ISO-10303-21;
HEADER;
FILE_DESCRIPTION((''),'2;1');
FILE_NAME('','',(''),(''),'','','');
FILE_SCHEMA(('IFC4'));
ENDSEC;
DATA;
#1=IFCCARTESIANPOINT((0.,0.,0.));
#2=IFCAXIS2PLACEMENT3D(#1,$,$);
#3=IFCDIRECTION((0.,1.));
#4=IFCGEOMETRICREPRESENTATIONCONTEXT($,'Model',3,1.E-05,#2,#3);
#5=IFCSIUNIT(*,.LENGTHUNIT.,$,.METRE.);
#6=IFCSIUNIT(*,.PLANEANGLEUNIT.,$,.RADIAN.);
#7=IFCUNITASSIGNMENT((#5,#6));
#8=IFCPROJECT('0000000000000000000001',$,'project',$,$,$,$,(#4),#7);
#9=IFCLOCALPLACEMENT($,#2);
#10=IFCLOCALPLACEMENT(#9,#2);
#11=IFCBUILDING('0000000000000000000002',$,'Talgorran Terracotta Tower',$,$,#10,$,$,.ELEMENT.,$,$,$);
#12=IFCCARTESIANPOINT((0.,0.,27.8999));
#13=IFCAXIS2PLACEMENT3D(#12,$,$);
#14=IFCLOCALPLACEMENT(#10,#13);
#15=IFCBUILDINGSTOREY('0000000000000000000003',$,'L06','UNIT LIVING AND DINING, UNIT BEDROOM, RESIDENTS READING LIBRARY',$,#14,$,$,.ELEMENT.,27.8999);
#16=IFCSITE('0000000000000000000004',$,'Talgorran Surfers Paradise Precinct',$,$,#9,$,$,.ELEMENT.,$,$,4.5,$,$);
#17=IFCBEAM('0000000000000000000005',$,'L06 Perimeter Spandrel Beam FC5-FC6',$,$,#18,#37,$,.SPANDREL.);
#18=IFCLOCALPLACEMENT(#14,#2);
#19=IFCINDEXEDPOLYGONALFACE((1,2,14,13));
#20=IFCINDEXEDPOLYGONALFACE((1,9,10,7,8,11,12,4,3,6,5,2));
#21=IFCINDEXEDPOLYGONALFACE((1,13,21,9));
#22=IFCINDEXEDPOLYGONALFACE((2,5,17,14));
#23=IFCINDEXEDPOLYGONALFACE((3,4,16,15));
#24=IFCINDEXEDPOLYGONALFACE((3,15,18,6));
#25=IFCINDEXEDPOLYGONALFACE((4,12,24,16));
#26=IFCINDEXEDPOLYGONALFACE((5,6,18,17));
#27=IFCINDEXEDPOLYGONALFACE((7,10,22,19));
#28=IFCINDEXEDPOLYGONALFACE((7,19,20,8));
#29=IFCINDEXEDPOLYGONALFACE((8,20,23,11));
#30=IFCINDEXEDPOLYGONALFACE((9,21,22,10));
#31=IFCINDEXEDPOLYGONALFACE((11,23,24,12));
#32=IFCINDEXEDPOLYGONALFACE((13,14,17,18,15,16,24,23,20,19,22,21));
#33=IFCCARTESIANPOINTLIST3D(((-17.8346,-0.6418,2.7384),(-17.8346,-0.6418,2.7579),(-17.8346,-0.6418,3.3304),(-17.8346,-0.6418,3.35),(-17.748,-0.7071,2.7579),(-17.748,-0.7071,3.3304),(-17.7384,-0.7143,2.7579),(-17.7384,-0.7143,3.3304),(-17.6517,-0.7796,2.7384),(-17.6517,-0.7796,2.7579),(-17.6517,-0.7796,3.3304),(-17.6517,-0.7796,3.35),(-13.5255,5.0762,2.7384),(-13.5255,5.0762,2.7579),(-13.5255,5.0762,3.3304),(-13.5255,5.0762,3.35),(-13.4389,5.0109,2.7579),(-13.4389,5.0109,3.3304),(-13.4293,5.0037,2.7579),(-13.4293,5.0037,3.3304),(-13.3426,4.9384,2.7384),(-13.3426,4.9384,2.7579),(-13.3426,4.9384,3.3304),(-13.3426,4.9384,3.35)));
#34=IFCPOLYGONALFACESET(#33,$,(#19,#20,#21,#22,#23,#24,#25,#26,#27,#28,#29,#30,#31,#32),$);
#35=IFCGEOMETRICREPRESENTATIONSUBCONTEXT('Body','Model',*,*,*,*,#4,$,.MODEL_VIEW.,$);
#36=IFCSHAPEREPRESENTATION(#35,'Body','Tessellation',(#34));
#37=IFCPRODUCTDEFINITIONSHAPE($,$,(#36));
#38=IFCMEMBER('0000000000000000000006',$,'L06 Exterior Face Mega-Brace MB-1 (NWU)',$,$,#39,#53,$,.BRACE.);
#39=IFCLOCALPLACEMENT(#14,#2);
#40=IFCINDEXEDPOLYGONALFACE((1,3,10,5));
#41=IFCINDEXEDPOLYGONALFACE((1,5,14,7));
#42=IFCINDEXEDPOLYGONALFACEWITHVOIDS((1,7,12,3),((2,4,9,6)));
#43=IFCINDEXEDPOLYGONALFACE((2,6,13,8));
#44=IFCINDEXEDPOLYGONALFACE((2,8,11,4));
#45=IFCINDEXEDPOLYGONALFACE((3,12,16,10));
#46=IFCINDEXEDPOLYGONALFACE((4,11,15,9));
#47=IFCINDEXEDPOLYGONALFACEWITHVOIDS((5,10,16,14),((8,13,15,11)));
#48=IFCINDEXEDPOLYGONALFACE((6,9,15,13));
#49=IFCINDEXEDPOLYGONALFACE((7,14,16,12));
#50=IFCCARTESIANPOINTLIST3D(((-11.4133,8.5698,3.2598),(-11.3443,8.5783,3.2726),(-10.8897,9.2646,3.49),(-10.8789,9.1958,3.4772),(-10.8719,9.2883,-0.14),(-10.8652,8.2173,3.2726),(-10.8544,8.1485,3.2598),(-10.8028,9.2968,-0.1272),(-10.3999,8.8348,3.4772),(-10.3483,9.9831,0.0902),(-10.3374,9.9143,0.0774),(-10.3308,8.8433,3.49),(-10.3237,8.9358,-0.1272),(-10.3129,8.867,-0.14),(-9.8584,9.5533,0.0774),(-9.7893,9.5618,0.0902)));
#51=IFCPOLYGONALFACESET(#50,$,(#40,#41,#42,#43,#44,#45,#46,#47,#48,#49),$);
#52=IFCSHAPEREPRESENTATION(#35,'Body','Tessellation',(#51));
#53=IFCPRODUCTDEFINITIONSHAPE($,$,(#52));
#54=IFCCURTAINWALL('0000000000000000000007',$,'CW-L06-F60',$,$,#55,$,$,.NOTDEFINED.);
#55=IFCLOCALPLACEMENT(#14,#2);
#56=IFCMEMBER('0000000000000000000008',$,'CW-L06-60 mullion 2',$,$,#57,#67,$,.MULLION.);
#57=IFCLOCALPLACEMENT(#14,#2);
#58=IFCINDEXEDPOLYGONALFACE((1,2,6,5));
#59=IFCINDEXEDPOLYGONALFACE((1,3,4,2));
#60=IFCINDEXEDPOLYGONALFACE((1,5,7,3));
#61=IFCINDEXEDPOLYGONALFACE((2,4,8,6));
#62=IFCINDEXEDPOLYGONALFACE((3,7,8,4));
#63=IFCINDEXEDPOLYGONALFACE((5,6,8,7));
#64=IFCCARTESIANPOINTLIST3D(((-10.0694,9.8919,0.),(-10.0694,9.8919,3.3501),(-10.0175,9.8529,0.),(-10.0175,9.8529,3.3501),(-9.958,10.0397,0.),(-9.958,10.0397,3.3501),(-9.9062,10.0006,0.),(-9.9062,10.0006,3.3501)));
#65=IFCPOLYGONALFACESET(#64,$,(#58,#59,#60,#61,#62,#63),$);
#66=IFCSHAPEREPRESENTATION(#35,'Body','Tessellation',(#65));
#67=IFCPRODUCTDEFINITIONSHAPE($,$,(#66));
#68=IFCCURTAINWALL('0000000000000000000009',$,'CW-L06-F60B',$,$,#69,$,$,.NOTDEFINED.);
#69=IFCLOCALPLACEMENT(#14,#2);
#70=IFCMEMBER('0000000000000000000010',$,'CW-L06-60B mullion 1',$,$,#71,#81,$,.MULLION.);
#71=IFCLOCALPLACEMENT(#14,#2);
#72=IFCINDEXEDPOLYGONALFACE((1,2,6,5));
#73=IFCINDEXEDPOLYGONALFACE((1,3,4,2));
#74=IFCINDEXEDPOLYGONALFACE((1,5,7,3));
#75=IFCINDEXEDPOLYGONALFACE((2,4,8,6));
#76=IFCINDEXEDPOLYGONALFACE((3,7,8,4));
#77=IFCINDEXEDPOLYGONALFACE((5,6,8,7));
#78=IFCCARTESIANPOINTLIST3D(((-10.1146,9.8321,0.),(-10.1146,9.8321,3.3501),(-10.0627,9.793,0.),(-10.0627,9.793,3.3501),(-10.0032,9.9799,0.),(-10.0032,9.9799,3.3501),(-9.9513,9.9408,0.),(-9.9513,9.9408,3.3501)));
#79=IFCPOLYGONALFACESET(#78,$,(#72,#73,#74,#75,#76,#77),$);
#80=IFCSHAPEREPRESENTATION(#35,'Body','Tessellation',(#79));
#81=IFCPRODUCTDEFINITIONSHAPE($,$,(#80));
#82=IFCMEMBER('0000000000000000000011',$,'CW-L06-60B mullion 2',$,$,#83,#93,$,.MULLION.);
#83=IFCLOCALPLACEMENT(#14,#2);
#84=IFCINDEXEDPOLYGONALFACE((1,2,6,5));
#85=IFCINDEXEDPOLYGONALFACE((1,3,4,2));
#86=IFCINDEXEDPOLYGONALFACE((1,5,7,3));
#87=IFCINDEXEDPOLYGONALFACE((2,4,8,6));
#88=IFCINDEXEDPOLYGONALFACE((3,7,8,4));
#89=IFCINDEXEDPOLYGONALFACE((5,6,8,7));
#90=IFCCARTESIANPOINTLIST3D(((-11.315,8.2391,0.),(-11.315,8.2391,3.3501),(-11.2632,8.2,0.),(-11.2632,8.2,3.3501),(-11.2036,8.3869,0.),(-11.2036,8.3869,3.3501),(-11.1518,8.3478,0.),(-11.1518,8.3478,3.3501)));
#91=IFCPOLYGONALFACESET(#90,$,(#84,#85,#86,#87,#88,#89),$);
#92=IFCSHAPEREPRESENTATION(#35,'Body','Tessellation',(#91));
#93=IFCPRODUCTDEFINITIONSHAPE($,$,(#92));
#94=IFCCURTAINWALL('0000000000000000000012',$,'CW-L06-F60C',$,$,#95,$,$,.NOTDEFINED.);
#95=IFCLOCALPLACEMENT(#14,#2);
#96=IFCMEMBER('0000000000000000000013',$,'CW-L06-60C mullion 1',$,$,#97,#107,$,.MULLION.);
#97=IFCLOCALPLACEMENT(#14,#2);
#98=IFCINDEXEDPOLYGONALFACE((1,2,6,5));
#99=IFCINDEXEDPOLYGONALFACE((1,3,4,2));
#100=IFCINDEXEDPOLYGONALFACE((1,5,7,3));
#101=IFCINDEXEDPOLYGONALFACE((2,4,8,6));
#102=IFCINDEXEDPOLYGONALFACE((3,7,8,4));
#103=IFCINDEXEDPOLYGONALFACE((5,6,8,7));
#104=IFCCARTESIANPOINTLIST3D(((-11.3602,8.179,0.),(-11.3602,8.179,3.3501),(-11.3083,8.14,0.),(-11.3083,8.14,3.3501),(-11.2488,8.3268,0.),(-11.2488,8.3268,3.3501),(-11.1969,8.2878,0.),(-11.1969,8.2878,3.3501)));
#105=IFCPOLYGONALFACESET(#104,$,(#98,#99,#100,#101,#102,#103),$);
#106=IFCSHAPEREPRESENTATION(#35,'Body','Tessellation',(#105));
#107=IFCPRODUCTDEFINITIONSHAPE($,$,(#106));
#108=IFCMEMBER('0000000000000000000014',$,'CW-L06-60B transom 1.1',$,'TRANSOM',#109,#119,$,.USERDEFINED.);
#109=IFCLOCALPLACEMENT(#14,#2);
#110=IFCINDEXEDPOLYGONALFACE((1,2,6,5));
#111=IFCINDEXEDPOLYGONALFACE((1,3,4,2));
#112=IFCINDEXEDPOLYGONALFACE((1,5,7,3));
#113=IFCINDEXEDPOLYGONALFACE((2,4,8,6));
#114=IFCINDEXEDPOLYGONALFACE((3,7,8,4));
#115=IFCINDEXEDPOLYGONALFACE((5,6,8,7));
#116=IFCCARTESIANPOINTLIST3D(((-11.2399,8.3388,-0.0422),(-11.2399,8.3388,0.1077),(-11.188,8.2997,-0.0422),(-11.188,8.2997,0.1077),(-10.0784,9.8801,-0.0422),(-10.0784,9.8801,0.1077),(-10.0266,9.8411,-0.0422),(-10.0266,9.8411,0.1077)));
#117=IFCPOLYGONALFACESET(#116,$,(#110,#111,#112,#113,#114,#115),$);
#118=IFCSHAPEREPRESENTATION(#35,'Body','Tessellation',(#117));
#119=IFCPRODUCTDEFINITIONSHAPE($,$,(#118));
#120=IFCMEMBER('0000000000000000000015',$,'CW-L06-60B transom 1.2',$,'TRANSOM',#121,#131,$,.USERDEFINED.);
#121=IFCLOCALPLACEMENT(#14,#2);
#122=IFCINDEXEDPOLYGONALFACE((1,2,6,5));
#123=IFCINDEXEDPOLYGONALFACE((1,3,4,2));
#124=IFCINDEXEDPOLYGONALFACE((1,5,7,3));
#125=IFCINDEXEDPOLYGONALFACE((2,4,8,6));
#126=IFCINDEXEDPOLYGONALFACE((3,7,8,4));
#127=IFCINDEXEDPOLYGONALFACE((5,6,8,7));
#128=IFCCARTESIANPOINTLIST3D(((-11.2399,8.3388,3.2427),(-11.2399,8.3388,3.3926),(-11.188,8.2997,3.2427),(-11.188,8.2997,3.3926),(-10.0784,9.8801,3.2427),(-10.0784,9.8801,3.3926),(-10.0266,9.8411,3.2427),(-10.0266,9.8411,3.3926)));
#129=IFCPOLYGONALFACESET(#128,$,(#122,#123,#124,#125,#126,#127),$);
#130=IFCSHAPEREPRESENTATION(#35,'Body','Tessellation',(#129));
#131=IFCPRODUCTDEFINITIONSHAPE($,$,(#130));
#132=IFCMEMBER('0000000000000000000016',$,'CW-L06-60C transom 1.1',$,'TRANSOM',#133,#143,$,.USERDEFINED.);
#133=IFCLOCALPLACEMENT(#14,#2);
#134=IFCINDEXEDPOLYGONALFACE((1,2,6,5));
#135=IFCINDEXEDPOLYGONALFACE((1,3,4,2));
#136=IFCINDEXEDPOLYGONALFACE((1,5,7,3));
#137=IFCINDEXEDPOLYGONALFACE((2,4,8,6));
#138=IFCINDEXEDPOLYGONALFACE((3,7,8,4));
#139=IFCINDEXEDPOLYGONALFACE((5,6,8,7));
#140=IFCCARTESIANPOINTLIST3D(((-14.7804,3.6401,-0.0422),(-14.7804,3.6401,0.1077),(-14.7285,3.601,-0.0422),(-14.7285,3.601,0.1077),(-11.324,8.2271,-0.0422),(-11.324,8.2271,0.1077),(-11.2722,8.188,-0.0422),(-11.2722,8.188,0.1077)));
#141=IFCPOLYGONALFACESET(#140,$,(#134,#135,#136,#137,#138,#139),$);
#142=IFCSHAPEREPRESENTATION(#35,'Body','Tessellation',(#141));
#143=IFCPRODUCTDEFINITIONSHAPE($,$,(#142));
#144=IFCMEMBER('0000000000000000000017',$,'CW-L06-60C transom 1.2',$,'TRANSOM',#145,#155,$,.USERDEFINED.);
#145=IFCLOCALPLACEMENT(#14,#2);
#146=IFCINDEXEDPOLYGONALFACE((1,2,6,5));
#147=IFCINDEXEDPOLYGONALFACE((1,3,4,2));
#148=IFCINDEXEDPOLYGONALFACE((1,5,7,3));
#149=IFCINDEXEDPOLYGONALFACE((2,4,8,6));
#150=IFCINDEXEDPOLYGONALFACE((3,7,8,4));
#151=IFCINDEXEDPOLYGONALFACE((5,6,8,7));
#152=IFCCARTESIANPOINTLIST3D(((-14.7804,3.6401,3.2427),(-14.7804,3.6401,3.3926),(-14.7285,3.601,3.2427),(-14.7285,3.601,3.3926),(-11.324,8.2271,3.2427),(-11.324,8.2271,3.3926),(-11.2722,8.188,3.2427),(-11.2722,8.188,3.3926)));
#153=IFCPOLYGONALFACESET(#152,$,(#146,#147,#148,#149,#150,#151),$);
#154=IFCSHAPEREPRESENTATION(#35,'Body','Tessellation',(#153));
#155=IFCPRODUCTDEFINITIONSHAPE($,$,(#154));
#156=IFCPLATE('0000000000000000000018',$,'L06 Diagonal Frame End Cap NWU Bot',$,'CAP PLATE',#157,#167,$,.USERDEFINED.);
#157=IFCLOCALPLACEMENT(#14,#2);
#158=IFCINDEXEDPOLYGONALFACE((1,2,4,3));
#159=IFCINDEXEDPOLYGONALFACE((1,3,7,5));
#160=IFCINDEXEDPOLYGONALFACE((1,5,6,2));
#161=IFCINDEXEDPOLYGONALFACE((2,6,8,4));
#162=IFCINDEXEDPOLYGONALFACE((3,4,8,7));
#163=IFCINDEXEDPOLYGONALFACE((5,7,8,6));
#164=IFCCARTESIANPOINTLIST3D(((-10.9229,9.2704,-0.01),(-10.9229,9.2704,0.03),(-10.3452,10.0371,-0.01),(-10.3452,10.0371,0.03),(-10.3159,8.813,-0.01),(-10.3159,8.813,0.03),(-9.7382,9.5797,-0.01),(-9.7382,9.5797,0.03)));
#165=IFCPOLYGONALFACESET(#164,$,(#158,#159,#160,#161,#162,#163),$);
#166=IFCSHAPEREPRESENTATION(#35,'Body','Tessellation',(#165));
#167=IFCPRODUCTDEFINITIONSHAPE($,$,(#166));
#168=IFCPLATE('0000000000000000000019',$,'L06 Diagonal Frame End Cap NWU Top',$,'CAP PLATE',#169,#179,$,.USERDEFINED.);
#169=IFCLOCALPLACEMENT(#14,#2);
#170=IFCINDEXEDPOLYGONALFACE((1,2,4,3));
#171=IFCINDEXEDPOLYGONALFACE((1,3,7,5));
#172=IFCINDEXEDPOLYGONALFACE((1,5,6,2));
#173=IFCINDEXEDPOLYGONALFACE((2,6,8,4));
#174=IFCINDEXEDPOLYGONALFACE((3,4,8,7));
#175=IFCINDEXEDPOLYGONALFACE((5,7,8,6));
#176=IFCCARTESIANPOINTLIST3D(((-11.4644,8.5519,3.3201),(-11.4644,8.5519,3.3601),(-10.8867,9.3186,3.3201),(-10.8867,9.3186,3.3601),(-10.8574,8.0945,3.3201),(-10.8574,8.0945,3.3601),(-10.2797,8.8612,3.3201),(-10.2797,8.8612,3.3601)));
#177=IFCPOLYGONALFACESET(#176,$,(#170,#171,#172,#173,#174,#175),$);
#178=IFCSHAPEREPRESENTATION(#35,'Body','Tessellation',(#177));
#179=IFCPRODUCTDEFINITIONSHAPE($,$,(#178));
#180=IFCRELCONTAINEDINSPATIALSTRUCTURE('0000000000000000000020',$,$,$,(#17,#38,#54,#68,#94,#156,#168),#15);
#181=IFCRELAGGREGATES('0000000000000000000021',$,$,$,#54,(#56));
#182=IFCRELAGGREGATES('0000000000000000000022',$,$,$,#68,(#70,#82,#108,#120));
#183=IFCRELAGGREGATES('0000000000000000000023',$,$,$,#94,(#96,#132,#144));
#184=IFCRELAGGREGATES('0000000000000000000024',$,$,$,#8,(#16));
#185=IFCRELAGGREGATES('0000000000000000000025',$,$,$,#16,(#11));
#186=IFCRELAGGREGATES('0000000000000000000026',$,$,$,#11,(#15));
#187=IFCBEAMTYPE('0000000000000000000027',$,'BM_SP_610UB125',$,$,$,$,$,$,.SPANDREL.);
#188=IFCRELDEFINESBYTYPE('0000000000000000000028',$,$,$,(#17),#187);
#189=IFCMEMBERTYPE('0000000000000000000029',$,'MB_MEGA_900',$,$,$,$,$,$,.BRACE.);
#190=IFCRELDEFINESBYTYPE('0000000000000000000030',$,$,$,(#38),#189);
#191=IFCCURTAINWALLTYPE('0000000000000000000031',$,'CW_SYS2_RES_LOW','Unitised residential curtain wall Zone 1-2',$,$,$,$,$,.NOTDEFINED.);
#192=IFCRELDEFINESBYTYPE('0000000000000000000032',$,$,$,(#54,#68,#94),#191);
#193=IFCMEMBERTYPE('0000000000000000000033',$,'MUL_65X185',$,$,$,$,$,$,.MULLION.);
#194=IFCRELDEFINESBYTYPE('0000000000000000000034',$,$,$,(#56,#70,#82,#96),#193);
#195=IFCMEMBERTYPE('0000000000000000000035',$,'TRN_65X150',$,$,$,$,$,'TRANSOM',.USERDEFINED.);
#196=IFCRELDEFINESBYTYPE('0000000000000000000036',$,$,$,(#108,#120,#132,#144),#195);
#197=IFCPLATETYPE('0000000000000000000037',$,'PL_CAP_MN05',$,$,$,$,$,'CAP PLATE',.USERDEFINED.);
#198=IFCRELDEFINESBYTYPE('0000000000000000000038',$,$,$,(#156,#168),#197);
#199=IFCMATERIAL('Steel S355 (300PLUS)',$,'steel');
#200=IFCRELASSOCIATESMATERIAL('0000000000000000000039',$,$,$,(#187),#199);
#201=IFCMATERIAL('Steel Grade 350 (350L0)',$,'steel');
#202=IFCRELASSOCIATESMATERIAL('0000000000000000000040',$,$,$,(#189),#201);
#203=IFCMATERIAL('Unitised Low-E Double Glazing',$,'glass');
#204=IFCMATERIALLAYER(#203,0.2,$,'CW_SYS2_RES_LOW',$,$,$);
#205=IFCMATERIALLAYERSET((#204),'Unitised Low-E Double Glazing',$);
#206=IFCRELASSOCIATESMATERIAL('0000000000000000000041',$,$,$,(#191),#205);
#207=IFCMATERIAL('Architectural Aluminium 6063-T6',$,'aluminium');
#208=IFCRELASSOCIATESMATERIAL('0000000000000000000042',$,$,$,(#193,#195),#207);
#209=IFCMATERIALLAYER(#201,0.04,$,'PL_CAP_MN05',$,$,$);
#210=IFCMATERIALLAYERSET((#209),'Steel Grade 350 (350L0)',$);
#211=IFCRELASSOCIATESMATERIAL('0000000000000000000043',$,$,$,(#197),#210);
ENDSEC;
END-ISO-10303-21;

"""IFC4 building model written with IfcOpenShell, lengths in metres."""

from ifc_helpers import new_model, si_unit, direction, frame, origin, origin_2d, place, context, subcontext, project, spatial, rectangle, hollow_rectangle, i_section, extrude, material, layer, layer_set, material_profile, profile_set, type_object, element, aggregate, save


model = new_model("IFC4")

# Units and contexts
model_context = context("Model", 3, precision=1e-05, world=origin(), true_north=direction((0.0, 1.0)))
body_context = subcontext(model_context, "Body", "Model", "MODEL_VIEW")
ifc_project = project(units=[si_unit("LENGTHUNIT", "METRE"), si_unit("PLANEANGLEUNIT", "RADIAN")], contexts=[model_context])

# Site, building, storey
site_placement = place(None, origin())
site = spatial("IfcSite", under=ifc_project, at=site_placement, Name="Talgorran Surfers Paradise Precinct", CompositionType="ELEMENT", RefElevation=4.5)
building_placement = place(site_placement, origin())
building = spatial("IfcBuilding", under=site, at=building_placement, Name="Talgorran Terracotta Tower", CompositionType="ELEMENT")
storey_placement = place(building_placement, frame((0.0, 0.0, 27.8999)))
storey = spatial("IfcBuildingStorey", under=building, at=storey_placement, Name="L06", Description="UNIT LIVING AND DINING, UNIT BEDROOM, RESIDENTS READING LIBRARY", CompositionType="ELEMENT", Elevation=27.8999)

# Beam
ifc_material_1 = material(Name="Steel S355 (300PLUS)", Category="steel")
ifc_material_profile_1 = material_profile(ifc_material_1, i_section(OverallWidth=0.229, OverallDepth=0.6116, WebThickness=0.012, FlangeThickness=0.0195, at=origin_2d()), Name="610UB125")
ifc_profile_set_1 = profile_set([ifc_material_profile_1], Name="Steel S355 (300PLUS)")
beam_type = type_object("IfcBeamType", Name="BM_SP_610UB125", PredefinedType="SPANDREL", material=ifc_profile_set_1)
beam_placement = place(storey_placement, frame((-13.4341, 5.0073, 3.0442), z_axis=(-0.601837, -0.798619, 0.0), x_axis=(0.798619, -0.601837, 0.0)))
element("IfcBeam", 1, at=beam_placement, inside=storey, type_object=beam_type, Name="L06 Perimeter Spandrel Beam FC5-FC6", PredefinedType="SPANDREL", context=body_context, shape_type="SweptSolid", body=[
    extrude(i_section(OverallWidth=0.229, OverallDepth=0.6116, WebThickness=0.012, FlangeThickness=0.0195, at=origin_2d()), origin(), (0.0, 0.0, 1.0), 7.1599),
])

# Member
ifc_material_2 = material(Name="Steel Grade 350 (350L0)", Category="steel")
ifc_material_profile_2 = material_profile(ifc_material_2, hollow_rectangle(XDim=0.7, YDim=0.8999, WallThickness=0.05, at=origin_2d()), Name="WBOX900X700X50")
ifc_profile_set_2 = profile_set([ifc_material_profile_2], Name="Steel Grade 350 (350L0)")
member_type_1 = type_object("IfcMemberType", Name="MB_MEGA_900", PredefinedType="BRACE", material=ifc_profile_set_2)
member_1_placement = place(storey_placement, frame((-10.3306, 9.425, -0.0249), z_axis=(-0.153971, -0.204299, 0.966724), x_axis=(0.798598, -0.601865, 0.0)))
element("IfcMember", 2, at=member_1_placement, inside=storey, type_object=member_type_1, Name="L06 Exterior Face Mega-Brace MB-1 (NWU)", PredefinedType="BRACE", context=body_context, shape_type="SweptSolid", body=[
    extrude(hollow_rectangle(XDim=0.7, YDim=0.8999, WallThickness=0.05, at=origin_2d()), origin(), (0.0, 0.0, 1.0), 3.5168),
])

# Curtain wall, member
ifc_material_3 = material(Name="Unitised Low-E Double Glazing", Category="glass")
ifc_layer_1 = layer(ifc_material_3, 0.2, Name="CW_SYS2_RES_LOW")
ifc_layer_set_1 = layer_set([ifc_layer_1], Name="Unitised Low-E Double Glazing")
curtain_wall_type = type_object("IfcCurtainWallType", Name="CW_SYS2_RES_LOW", Description="Unitised residential curtain wall Zone 1-2", PredefinedType="NOTDEFINED", material=ifc_layer_set_1)
curtain_wall_1_placement = place(storey_placement, origin())
curtain_wall_1 = element("IfcCurtainWall", 3, at=curtain_wall_1_placement, inside=storey, type_object=curtain_wall_type, Name="CW-L06-F60", PredefinedType="NOTDEFINED")
ifc_material_4 = material(Name="Architectural Aluminium 6063-T6", Category="aluminium")
ifc_material_profile_3 = material_profile(ifc_material_4, rectangle(XDim=0.0649, YDim=0.1851, at=origin_2d()), Name="CWM65X185")
ifc_profile_set_3 = profile_set([ifc_material_profile_3], Name="Architectural Aluminium 6063-T6")
member_type_2 = type_object("IfcMemberType", Name="MUL_65X185", PredefinedType="MULLION", material=ifc_profile_set_3)
member_2_placement = place(storey_placement, frame((-9.9878, 9.9463, 0.0), z_axis=(0.0, 0.0, 1.0), x_axis=(0.798645, -0.601803, 0.0)))
member_2 = element("IfcMember", 4, at=member_2_placement, type_object=member_type_2, Name="CW-L06-60 mullion 2", PredefinedType="MULLION", context=body_context, shape_type="SweptSolid", body=[
    extrude(rectangle(XDim=0.0649, YDim=0.1851, at=origin_2d()), origin(), (0.0, 0.0, 1.0), 3.3501),
])
aggregate(curtain_wall_1, [member_2])

# Curtain wall, members
curtain_wall_2_placement = place(storey_placement, origin())
curtain_wall_2 = element("IfcCurtainWall", 5, at=curtain_wall_2_placement, inside=storey, type_object=curtain_wall_type, Name="CW-L06-F60B", PredefinedType="NOTDEFINED")
member_3_placement = place(storey_placement, frame((-10.033, 9.8865, 0.0), z_axis=(0.0, 0.0, 1.0), x_axis=(0.798635, -0.601816, 0.0)))
member_3 = element("IfcMember", 6, at=member_3_placement, type_object=member_type_2, Name="CW-L06-60B mullion 1", PredefinedType="MULLION", context=body_context, shape_type="SweptSolid", body=[
    extrude(rectangle(XDim=0.0649, YDim=0.1851, at=origin_2d()), origin(), (0.0, 0.0, 1.0), 3.3501),
])
member_4_placement = place(storey_placement, frame((-11.2334, 8.2935, 0.0), z_axis=(0.0, 0.0, 1.0), x_axis=(0.798635, -0.601816, 0.0)))
member_4 = element("IfcMember", 7, at=member_4_placement, type_object=member_type_2, Name="CW-L06-60B mullion 2", PredefinedType="MULLION", context=body_context, shape_type="SweptSolid", body=[
    extrude(rectangle(XDim=0.0649, YDim=0.1851, at=origin_2d()), origin(), (0.0, 0.0, 1.0), 3.3501),
])

# Curtain wall, member
curtain_wall_3_placement = place(storey_placement, origin())
curtain_wall_3 = element("IfcCurtainWall", 8, at=curtain_wall_3_placement, inside=storey, type_object=curtain_wall_type, Name="CW-L06-F60C", PredefinedType="NOTDEFINED")
member_5_placement = place(storey_placement, frame((-11.2786, 8.2334, 0.0), z_axis=(0.0, 0.0, 1.0), x_axis=(0.798645, -0.601802, 0.0)))
member_5 = element("IfcMember", 9, at=member_5_placement, type_object=member_type_2, Name="CW-L06-60C mullion 1", PredefinedType="MULLION", context=body_context, shape_type="SweptSolid", body=[
    extrude(rectangle(XDim=0.0649, YDim=0.1851, at=origin_2d()), origin(), (0.0, 0.0, 1.0), 3.3501),
])

# Members
ifc_material_profile_4 = material_profile(ifc_material_4, rectangle(XDim=0.0649, YDim=0.1499, at=origin_2d()), Name="CWT65X150")
ifc_profile_set_4 = profile_set([ifc_material_profile_4], Name="Architectural Aluminium 6063-T6")
member_type_3 = type_object("IfcMemberType", Name="TRN_65X150", ElementType="TRANSOM", PredefinedType="USERDEFINED", material=ifc_profile_set_4)
member_6_placement = place(storey_placement, frame((-10.0525, 9.8606, 0.0327), z_axis=(-0.6018, -0.798647, 0.0), x_axis=(0.798647, -0.6018, 0.0)))
member_6 = element("IfcMember", 10, at=member_6_placement, type_object=member_type_3, Name="CW-L06-60B transom 1.1", ObjectType="TRANSOM", PredefinedType="USERDEFINED", context=body_context, shape_type="SweptSolid", body=[
    extrude(rectangle(XDim=0.0649, YDim=0.1499, at=origin_2d()), origin(), (0.0, 0.0, 1.0), 1.9299),
])
member_7_placement = place(storey_placement, frame((-10.0525, 9.8606, 3.3176), z_axis=(-0.6018, -0.798647, 0.0), x_axis=(0.798647, -0.6018, 0.0)))
member_7 = element("IfcMember", 11, at=member_7_placement, type_object=member_type_3, Name="CW-L06-60B transom 1.2", ObjectType="TRANSOM", PredefinedType="USERDEFINED", context=body_context, shape_type="SweptSolid", body=[
    extrude(rectangle(XDim=0.0649, YDim=0.1499, at=origin_2d()), origin(), (0.0, 0.0, 1.0), 1.9299),
])
member_8_placement = place(storey_placement, frame((-11.2981, 8.2075, 0.0327), z_axis=(-0.601794, -0.798651, 0.0), x_axis=(0.798651, -0.601794, 0.0)))
member_8 = element("IfcMember", 12, at=member_8_placement, type_object=member_type_3, Name="CW-L06-60C transom 1.1", ObjectType="TRANSOM", PredefinedType="USERDEFINED", context=body_context, shape_type="SweptSolid", body=[
    extrude(rectangle(XDim=0.0649, YDim=0.1499, at=origin_2d()), origin(), (0.0, 0.0, 1.0), 5.7434),
])
member_9_placement = place(storey_placement, frame((-11.2981, 8.2075, 3.3176), z_axis=(-0.601794, -0.798651, 0.0), x_axis=(0.798651, -0.601794, 0.0)))
member_9 = element("IfcMember", 13, at=member_9_placement, type_object=member_type_3, Name="CW-L06-60C transom 1.2", ObjectType="TRANSOM", PredefinedType="USERDEFINED", context=body_context, shape_type="SweptSolid", body=[
    extrude(rectangle(XDim=0.0649, YDim=0.1499, at=origin_2d()), origin(), (0.0, 0.0, 1.0), 5.7434),
])

# Plates
ifc_layer_2 = layer(ifc_material_2, 0.04, Name="PL_CAP_MN05")
ifc_layer_set_2 = layer_set([ifc_layer_2], Name="Steel Grade 350 (350L0)")
plate_type_1 = type_object("IfcPlateType", Name="PL_CAP_MN05", ElementType="CAP PLATE", PredefinedType="USERDEFINED", material=ifc_layer_set_2)
for number, where, z_axis, x_axis, name in (
    (14, (-10.3306, 9.425, -0.01), (0.0, 0.0, 1.0), (-0.601815, -0.798636, 0.0), "L06 Diagonal Frame End Cap NWU Bot"),
    (15, (-10.8721, 8.7065, 3.3201), (0.0, 0.0, 1.0), (-0.601815, -0.798636, 0.0), "L06 Diagonal Frame End Cap NWU Top"),
):
    element("IfcPlate", number, at=place(storey_placement, frame(where, z_axis=z_axis, x_axis=x_axis)), inside=storey, type_object=plate_type_1, Name=name, ObjectType="CAP PLATE", PredefinedType="USERDEFINED", context=body_context, shape_type="SweptSolid", body=[
        extrude(rectangle(XDim=0.96, YDim=0.76, at=origin_2d()), origin(), (0.0, 0.0, 1.0), 0.04),
    ])

aggregate(curtain_wall_2, [member_3, member_4, member_6, member_7])
aggregate(curtain_wall_3, [member_5, member_8, member_9])

save(model, "model.ifc")
